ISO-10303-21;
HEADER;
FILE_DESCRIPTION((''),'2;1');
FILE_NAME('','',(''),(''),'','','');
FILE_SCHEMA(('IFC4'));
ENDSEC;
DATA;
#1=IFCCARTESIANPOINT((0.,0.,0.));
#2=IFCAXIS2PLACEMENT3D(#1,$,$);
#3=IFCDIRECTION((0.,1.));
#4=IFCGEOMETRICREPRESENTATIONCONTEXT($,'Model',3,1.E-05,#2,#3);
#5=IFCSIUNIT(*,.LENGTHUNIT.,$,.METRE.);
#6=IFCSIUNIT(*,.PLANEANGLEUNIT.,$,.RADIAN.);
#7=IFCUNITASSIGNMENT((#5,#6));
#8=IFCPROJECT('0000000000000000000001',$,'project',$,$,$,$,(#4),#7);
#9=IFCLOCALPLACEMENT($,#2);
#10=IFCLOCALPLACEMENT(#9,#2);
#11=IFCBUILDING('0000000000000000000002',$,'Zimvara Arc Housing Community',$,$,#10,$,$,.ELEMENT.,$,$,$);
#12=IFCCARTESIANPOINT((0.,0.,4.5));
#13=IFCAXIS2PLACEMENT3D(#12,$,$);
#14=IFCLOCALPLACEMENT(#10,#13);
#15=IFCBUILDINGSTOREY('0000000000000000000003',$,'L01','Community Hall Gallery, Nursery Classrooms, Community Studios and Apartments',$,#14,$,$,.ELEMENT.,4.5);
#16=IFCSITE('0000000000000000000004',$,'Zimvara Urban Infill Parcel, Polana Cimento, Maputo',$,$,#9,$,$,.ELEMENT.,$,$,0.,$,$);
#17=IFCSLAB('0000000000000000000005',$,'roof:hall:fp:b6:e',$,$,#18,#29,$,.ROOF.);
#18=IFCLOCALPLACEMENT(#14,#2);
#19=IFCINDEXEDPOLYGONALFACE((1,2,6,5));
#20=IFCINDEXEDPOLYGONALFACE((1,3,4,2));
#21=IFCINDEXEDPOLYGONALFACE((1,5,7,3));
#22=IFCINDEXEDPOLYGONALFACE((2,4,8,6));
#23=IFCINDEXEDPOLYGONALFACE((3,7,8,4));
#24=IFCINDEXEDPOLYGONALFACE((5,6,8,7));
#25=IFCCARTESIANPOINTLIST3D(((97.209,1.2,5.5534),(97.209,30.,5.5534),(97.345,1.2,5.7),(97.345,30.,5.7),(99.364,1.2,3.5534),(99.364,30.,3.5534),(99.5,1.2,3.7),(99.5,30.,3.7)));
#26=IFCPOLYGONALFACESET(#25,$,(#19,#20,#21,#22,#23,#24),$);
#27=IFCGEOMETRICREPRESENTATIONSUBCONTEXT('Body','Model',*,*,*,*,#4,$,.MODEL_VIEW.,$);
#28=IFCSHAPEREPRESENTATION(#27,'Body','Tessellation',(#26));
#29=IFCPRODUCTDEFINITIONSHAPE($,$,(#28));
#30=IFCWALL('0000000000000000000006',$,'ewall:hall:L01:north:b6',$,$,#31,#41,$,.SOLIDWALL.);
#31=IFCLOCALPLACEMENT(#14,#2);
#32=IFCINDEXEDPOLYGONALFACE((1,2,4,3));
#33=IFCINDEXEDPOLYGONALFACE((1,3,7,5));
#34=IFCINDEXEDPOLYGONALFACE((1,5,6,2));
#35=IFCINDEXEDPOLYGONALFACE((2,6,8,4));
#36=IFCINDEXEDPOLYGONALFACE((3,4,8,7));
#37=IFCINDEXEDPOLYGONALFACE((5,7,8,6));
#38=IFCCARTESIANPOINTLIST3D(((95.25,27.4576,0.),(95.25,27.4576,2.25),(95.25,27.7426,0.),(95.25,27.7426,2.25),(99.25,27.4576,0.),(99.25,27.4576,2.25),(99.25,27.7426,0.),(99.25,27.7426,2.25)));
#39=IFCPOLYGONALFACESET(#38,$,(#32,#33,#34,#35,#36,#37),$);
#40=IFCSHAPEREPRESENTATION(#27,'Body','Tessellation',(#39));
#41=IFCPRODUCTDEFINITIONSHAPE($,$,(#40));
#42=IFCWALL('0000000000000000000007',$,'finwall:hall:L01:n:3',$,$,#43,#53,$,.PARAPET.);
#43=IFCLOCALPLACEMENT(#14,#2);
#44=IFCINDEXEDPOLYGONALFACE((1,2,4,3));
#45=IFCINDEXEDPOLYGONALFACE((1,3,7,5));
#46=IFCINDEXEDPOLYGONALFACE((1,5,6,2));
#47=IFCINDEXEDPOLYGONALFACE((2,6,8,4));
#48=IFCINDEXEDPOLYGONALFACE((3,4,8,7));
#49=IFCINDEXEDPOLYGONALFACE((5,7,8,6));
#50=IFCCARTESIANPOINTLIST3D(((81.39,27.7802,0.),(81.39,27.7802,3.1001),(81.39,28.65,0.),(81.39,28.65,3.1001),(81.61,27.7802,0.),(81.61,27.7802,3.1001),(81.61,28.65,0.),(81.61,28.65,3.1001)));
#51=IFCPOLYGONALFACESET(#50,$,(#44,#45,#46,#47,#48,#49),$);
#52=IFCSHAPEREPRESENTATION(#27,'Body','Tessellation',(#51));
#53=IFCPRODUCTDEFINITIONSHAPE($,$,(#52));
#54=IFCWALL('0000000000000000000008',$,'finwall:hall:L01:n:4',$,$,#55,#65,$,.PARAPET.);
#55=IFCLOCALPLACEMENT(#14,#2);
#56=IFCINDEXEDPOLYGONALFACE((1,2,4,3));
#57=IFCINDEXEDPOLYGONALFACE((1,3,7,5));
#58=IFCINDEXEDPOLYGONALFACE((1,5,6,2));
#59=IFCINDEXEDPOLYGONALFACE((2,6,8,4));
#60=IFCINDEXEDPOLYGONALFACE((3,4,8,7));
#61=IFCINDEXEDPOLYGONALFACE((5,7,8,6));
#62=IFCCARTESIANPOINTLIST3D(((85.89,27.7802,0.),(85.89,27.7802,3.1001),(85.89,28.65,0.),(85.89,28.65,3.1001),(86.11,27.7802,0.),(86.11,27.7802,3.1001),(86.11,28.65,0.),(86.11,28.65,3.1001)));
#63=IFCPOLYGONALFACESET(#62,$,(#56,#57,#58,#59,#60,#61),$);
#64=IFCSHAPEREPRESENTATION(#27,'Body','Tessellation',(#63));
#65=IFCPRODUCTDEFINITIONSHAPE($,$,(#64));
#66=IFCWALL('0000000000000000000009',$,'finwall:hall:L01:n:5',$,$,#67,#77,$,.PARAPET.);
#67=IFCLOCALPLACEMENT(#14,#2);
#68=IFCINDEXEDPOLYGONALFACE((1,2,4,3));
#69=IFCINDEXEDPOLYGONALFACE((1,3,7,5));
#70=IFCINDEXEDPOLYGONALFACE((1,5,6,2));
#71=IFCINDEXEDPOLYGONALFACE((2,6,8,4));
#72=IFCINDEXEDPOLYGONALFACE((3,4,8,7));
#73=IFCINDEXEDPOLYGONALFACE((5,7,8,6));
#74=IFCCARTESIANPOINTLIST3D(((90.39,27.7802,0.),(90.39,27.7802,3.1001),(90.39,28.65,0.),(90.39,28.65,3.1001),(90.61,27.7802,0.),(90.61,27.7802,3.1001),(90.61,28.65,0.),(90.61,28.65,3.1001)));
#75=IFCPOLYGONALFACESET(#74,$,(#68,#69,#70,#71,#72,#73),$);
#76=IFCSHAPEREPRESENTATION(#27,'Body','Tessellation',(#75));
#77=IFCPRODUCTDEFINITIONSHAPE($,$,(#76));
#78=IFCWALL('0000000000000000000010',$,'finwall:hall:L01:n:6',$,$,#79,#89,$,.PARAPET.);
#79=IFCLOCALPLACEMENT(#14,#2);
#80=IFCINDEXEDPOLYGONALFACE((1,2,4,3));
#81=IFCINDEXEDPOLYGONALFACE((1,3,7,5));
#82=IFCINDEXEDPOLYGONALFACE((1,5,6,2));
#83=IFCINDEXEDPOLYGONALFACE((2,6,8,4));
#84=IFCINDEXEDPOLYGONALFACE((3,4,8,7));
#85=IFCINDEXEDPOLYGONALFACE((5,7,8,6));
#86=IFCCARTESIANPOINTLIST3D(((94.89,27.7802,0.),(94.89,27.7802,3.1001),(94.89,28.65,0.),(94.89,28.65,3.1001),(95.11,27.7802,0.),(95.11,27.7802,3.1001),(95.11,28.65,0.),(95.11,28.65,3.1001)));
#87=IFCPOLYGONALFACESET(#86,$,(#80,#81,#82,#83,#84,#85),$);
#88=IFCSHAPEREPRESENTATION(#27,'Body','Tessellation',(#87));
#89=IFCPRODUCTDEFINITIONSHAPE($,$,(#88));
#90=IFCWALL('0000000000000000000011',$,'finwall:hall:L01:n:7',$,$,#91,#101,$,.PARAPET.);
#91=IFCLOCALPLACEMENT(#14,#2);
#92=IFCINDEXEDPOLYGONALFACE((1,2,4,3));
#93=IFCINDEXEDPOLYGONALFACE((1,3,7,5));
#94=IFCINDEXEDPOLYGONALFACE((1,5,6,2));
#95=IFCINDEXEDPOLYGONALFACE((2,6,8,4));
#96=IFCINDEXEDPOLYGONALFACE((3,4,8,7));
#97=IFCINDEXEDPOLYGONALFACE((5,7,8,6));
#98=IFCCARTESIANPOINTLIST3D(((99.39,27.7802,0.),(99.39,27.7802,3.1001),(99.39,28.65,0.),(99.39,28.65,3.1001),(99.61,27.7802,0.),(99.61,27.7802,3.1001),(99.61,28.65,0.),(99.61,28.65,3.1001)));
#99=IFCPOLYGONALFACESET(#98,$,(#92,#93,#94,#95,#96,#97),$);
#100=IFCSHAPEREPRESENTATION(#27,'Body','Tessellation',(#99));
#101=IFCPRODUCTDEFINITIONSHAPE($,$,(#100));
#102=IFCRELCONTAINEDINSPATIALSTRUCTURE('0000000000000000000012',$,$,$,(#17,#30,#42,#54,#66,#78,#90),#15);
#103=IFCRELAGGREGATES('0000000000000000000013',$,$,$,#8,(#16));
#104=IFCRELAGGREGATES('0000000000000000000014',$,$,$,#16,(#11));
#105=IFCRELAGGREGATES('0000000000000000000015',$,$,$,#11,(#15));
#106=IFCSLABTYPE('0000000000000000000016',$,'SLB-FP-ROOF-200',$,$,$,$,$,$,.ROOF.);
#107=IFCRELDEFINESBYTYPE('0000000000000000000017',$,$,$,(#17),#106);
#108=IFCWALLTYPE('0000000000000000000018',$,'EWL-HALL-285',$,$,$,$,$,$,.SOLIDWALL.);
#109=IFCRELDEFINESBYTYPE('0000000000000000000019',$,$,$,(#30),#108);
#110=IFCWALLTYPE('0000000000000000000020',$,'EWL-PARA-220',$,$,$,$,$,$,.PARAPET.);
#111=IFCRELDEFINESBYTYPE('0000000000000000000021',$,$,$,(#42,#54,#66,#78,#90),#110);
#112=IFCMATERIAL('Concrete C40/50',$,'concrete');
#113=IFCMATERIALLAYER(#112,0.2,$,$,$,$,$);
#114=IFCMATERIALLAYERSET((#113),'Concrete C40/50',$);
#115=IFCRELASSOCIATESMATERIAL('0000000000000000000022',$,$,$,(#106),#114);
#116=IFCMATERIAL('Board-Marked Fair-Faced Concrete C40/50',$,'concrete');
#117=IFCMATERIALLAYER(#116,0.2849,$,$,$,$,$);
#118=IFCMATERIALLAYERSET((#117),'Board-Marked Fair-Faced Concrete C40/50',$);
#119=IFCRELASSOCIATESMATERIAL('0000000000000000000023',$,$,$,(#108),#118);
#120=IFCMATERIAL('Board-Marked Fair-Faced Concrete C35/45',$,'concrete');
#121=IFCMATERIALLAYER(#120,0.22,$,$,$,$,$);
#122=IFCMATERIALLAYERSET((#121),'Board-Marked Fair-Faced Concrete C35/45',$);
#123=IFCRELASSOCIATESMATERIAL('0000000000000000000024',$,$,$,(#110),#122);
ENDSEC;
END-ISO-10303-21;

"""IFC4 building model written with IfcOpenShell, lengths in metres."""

from ifc_helpers import new_model, si_unit, direction, frame, frame_2d, origin, place, context, subcontext, project, spatial, polyline, rectangle, outline, extrude, material, layer, layer_set, type_object, element, save


model = new_model("IFC4")

# Units and contexts
model_context = context("Model", 3, precision=1e-05, world=origin(), true_north=direction((0.0, 1.0)))
body_context = subcontext(model_context, "Body", "Model", "MODEL_VIEW")
ifc_project = project(units=[si_unit("LENGTHUNIT", "METRE"), si_unit("PLANEANGLEUNIT", "RADIAN")], contexts=[model_context])

# Site, building, storey
site_placement = place(None, origin())
site = spatial("IfcSite", under=ifc_project, at=site_placement, Name="Zimvara Urban Infill Parcel, Polana Cimento, Maputo", CompositionType="ELEMENT", RefElevation=0.0)
building_placement = place(site_placement, origin())
building = spatial("IfcBuilding", under=site, at=building_placement, Name="Zimvara Arc Housing Community", CompositionType="ELEMENT")
storey_placement = place(building_placement, frame((0.0, 0.0, 4.5)))
storey = spatial("IfcBuildingStorey", under=building, at=storey_placement, Name="L01", Description="Community Hall Gallery, Nursery Classrooms, Community Studios and Apartments", CompositionType="ELEMENT", Elevation=4.5)

# Slab
ifc_material_1 = material(Name="Concrete C40/50", Category="concrete")
ifc_layer_1 = layer(ifc_material_1, 0.2)
ifc_layer_set_1 = layer_set([ifc_layer_1], Name="Concrete C40/50")
slab_type = type_object("IfcSlabType", Name="SLB-FP-ROOF-200", PredefinedType="ROOF", material=ifc_layer_set_1)
for number, where, z_axis, x_axis, name in (
    (1, (97.345, 30.0, 5.7), (0.68025, 0.0, 0.73298), (0.73298, 0.0, -0.68025), "roof:hall:fp:b6:e"),
):
    element("IfcSlab", number, at=place(storey_placement, frame(where, z_axis=z_axis, x_axis=x_axis)), inside=storey, type_object=slab_type, Name=name, PredefinedType="ROOF", context=body_context, shape_type="SweptSolid", body=[
        extrude(outline(polyline([(0.0, 0.0), (2.9401, 0.0), (2.9401, -28.8), (0.0, -28.8), (0.0, 0.0)])), origin(), (0.0, 0.0, -1.0), 0.2),
    ])

# Walls
ifc_material_2 = material(Name="Board-Marked Fair-Faced Concrete C40/50", Category="concrete")
ifc_layer_2 = layer(ifc_material_2, 0.2849)
ifc_layer_set_2 = layer_set([ifc_layer_2], Name="Board-Marked Fair-Faced Concrete C40/50")
wall_type_1 = type_object("IfcWallType", Name="EWL-HALL-285", PredefinedType="SOLIDWALL", material=ifc_layer_set_2)
wall_placement = place(storey_placement, frame((95.25, 27.6001, 0.0), z_axis=(0.0, 0.0, 1.0), x_axis=(1.0, 0.0, 0.0)))
element("IfcWall", 2, at=wall_placement, inside=storey, type_object=wall_type_1, Name="ewall:hall:L01:north:b6", PredefinedType="SOLIDWALL", context=body_context, shape_type="SweptSolid", body=[
    extrude(rectangle(XDim=4.0, YDim=0.2849, at=frame_2d((2.0, 0.0))), origin(), (0.0, 0.0, 1.0), 2.25),
])
ifc_material_3 = material(Name="Board-Marked Fair-Faced Concrete C35/45", Category="concrete")
ifc_layer_3 = layer(ifc_material_3, 0.22)
ifc_layer_set_3 = layer_set([ifc_layer_3], Name="Board-Marked Fair-Faced Concrete C35/45")
wall_type_2 = type_object("IfcWallType", Name="EWL-PARA-220", PredefinedType="PARAPET", material=ifc_layer_set_3)
for number, where, z_axis, x_axis, name in (
    (3, (81.5, 27.78, 0.0), (0.0, 0.0, 1.0), (0.0, 1.0, 0.0), "finwall:hall:L01:n:3"),
    (4, (86.0, 27.78, 0.0), (0.0, 0.0, 1.0), (0.0, 1.0, 0.0), "finwall:hall:L01:n:4"),
    (5, (90.5, 27.78, 0.0), (0.0, 0.0, 1.0), (0.0, 1.0, 0.0), "finwall:hall:L01:n:5"),
    (6, (95.0, 27.78, 0.0), (0.0, 0.0, 1.0), (0.0, 1.0, 0.0), "finwall:hall:L01:n:6"),
    (7, (99.5, 27.78, 0.0), (0.0, 0.0, 1.0), (0.0, 1.0, 0.0), "finwall:hall:L01:n:7"),
):
    element("IfcWall", number, at=place(storey_placement, frame(where, z_axis=z_axis, x_axis=x_axis)), inside=storey, type_object=wall_type_2, Name=name, PredefinedType="PARAPET", context=body_context, shape_type="SweptSolid", body=[
        extrude(rectangle(XDim=0.8699, YDim=0.22, at=frame_2d((0.4351, 0.0))), origin(), (0.0, 0.0, 1.0), 3.1001),
    ])

save(model, "model.ifc")
